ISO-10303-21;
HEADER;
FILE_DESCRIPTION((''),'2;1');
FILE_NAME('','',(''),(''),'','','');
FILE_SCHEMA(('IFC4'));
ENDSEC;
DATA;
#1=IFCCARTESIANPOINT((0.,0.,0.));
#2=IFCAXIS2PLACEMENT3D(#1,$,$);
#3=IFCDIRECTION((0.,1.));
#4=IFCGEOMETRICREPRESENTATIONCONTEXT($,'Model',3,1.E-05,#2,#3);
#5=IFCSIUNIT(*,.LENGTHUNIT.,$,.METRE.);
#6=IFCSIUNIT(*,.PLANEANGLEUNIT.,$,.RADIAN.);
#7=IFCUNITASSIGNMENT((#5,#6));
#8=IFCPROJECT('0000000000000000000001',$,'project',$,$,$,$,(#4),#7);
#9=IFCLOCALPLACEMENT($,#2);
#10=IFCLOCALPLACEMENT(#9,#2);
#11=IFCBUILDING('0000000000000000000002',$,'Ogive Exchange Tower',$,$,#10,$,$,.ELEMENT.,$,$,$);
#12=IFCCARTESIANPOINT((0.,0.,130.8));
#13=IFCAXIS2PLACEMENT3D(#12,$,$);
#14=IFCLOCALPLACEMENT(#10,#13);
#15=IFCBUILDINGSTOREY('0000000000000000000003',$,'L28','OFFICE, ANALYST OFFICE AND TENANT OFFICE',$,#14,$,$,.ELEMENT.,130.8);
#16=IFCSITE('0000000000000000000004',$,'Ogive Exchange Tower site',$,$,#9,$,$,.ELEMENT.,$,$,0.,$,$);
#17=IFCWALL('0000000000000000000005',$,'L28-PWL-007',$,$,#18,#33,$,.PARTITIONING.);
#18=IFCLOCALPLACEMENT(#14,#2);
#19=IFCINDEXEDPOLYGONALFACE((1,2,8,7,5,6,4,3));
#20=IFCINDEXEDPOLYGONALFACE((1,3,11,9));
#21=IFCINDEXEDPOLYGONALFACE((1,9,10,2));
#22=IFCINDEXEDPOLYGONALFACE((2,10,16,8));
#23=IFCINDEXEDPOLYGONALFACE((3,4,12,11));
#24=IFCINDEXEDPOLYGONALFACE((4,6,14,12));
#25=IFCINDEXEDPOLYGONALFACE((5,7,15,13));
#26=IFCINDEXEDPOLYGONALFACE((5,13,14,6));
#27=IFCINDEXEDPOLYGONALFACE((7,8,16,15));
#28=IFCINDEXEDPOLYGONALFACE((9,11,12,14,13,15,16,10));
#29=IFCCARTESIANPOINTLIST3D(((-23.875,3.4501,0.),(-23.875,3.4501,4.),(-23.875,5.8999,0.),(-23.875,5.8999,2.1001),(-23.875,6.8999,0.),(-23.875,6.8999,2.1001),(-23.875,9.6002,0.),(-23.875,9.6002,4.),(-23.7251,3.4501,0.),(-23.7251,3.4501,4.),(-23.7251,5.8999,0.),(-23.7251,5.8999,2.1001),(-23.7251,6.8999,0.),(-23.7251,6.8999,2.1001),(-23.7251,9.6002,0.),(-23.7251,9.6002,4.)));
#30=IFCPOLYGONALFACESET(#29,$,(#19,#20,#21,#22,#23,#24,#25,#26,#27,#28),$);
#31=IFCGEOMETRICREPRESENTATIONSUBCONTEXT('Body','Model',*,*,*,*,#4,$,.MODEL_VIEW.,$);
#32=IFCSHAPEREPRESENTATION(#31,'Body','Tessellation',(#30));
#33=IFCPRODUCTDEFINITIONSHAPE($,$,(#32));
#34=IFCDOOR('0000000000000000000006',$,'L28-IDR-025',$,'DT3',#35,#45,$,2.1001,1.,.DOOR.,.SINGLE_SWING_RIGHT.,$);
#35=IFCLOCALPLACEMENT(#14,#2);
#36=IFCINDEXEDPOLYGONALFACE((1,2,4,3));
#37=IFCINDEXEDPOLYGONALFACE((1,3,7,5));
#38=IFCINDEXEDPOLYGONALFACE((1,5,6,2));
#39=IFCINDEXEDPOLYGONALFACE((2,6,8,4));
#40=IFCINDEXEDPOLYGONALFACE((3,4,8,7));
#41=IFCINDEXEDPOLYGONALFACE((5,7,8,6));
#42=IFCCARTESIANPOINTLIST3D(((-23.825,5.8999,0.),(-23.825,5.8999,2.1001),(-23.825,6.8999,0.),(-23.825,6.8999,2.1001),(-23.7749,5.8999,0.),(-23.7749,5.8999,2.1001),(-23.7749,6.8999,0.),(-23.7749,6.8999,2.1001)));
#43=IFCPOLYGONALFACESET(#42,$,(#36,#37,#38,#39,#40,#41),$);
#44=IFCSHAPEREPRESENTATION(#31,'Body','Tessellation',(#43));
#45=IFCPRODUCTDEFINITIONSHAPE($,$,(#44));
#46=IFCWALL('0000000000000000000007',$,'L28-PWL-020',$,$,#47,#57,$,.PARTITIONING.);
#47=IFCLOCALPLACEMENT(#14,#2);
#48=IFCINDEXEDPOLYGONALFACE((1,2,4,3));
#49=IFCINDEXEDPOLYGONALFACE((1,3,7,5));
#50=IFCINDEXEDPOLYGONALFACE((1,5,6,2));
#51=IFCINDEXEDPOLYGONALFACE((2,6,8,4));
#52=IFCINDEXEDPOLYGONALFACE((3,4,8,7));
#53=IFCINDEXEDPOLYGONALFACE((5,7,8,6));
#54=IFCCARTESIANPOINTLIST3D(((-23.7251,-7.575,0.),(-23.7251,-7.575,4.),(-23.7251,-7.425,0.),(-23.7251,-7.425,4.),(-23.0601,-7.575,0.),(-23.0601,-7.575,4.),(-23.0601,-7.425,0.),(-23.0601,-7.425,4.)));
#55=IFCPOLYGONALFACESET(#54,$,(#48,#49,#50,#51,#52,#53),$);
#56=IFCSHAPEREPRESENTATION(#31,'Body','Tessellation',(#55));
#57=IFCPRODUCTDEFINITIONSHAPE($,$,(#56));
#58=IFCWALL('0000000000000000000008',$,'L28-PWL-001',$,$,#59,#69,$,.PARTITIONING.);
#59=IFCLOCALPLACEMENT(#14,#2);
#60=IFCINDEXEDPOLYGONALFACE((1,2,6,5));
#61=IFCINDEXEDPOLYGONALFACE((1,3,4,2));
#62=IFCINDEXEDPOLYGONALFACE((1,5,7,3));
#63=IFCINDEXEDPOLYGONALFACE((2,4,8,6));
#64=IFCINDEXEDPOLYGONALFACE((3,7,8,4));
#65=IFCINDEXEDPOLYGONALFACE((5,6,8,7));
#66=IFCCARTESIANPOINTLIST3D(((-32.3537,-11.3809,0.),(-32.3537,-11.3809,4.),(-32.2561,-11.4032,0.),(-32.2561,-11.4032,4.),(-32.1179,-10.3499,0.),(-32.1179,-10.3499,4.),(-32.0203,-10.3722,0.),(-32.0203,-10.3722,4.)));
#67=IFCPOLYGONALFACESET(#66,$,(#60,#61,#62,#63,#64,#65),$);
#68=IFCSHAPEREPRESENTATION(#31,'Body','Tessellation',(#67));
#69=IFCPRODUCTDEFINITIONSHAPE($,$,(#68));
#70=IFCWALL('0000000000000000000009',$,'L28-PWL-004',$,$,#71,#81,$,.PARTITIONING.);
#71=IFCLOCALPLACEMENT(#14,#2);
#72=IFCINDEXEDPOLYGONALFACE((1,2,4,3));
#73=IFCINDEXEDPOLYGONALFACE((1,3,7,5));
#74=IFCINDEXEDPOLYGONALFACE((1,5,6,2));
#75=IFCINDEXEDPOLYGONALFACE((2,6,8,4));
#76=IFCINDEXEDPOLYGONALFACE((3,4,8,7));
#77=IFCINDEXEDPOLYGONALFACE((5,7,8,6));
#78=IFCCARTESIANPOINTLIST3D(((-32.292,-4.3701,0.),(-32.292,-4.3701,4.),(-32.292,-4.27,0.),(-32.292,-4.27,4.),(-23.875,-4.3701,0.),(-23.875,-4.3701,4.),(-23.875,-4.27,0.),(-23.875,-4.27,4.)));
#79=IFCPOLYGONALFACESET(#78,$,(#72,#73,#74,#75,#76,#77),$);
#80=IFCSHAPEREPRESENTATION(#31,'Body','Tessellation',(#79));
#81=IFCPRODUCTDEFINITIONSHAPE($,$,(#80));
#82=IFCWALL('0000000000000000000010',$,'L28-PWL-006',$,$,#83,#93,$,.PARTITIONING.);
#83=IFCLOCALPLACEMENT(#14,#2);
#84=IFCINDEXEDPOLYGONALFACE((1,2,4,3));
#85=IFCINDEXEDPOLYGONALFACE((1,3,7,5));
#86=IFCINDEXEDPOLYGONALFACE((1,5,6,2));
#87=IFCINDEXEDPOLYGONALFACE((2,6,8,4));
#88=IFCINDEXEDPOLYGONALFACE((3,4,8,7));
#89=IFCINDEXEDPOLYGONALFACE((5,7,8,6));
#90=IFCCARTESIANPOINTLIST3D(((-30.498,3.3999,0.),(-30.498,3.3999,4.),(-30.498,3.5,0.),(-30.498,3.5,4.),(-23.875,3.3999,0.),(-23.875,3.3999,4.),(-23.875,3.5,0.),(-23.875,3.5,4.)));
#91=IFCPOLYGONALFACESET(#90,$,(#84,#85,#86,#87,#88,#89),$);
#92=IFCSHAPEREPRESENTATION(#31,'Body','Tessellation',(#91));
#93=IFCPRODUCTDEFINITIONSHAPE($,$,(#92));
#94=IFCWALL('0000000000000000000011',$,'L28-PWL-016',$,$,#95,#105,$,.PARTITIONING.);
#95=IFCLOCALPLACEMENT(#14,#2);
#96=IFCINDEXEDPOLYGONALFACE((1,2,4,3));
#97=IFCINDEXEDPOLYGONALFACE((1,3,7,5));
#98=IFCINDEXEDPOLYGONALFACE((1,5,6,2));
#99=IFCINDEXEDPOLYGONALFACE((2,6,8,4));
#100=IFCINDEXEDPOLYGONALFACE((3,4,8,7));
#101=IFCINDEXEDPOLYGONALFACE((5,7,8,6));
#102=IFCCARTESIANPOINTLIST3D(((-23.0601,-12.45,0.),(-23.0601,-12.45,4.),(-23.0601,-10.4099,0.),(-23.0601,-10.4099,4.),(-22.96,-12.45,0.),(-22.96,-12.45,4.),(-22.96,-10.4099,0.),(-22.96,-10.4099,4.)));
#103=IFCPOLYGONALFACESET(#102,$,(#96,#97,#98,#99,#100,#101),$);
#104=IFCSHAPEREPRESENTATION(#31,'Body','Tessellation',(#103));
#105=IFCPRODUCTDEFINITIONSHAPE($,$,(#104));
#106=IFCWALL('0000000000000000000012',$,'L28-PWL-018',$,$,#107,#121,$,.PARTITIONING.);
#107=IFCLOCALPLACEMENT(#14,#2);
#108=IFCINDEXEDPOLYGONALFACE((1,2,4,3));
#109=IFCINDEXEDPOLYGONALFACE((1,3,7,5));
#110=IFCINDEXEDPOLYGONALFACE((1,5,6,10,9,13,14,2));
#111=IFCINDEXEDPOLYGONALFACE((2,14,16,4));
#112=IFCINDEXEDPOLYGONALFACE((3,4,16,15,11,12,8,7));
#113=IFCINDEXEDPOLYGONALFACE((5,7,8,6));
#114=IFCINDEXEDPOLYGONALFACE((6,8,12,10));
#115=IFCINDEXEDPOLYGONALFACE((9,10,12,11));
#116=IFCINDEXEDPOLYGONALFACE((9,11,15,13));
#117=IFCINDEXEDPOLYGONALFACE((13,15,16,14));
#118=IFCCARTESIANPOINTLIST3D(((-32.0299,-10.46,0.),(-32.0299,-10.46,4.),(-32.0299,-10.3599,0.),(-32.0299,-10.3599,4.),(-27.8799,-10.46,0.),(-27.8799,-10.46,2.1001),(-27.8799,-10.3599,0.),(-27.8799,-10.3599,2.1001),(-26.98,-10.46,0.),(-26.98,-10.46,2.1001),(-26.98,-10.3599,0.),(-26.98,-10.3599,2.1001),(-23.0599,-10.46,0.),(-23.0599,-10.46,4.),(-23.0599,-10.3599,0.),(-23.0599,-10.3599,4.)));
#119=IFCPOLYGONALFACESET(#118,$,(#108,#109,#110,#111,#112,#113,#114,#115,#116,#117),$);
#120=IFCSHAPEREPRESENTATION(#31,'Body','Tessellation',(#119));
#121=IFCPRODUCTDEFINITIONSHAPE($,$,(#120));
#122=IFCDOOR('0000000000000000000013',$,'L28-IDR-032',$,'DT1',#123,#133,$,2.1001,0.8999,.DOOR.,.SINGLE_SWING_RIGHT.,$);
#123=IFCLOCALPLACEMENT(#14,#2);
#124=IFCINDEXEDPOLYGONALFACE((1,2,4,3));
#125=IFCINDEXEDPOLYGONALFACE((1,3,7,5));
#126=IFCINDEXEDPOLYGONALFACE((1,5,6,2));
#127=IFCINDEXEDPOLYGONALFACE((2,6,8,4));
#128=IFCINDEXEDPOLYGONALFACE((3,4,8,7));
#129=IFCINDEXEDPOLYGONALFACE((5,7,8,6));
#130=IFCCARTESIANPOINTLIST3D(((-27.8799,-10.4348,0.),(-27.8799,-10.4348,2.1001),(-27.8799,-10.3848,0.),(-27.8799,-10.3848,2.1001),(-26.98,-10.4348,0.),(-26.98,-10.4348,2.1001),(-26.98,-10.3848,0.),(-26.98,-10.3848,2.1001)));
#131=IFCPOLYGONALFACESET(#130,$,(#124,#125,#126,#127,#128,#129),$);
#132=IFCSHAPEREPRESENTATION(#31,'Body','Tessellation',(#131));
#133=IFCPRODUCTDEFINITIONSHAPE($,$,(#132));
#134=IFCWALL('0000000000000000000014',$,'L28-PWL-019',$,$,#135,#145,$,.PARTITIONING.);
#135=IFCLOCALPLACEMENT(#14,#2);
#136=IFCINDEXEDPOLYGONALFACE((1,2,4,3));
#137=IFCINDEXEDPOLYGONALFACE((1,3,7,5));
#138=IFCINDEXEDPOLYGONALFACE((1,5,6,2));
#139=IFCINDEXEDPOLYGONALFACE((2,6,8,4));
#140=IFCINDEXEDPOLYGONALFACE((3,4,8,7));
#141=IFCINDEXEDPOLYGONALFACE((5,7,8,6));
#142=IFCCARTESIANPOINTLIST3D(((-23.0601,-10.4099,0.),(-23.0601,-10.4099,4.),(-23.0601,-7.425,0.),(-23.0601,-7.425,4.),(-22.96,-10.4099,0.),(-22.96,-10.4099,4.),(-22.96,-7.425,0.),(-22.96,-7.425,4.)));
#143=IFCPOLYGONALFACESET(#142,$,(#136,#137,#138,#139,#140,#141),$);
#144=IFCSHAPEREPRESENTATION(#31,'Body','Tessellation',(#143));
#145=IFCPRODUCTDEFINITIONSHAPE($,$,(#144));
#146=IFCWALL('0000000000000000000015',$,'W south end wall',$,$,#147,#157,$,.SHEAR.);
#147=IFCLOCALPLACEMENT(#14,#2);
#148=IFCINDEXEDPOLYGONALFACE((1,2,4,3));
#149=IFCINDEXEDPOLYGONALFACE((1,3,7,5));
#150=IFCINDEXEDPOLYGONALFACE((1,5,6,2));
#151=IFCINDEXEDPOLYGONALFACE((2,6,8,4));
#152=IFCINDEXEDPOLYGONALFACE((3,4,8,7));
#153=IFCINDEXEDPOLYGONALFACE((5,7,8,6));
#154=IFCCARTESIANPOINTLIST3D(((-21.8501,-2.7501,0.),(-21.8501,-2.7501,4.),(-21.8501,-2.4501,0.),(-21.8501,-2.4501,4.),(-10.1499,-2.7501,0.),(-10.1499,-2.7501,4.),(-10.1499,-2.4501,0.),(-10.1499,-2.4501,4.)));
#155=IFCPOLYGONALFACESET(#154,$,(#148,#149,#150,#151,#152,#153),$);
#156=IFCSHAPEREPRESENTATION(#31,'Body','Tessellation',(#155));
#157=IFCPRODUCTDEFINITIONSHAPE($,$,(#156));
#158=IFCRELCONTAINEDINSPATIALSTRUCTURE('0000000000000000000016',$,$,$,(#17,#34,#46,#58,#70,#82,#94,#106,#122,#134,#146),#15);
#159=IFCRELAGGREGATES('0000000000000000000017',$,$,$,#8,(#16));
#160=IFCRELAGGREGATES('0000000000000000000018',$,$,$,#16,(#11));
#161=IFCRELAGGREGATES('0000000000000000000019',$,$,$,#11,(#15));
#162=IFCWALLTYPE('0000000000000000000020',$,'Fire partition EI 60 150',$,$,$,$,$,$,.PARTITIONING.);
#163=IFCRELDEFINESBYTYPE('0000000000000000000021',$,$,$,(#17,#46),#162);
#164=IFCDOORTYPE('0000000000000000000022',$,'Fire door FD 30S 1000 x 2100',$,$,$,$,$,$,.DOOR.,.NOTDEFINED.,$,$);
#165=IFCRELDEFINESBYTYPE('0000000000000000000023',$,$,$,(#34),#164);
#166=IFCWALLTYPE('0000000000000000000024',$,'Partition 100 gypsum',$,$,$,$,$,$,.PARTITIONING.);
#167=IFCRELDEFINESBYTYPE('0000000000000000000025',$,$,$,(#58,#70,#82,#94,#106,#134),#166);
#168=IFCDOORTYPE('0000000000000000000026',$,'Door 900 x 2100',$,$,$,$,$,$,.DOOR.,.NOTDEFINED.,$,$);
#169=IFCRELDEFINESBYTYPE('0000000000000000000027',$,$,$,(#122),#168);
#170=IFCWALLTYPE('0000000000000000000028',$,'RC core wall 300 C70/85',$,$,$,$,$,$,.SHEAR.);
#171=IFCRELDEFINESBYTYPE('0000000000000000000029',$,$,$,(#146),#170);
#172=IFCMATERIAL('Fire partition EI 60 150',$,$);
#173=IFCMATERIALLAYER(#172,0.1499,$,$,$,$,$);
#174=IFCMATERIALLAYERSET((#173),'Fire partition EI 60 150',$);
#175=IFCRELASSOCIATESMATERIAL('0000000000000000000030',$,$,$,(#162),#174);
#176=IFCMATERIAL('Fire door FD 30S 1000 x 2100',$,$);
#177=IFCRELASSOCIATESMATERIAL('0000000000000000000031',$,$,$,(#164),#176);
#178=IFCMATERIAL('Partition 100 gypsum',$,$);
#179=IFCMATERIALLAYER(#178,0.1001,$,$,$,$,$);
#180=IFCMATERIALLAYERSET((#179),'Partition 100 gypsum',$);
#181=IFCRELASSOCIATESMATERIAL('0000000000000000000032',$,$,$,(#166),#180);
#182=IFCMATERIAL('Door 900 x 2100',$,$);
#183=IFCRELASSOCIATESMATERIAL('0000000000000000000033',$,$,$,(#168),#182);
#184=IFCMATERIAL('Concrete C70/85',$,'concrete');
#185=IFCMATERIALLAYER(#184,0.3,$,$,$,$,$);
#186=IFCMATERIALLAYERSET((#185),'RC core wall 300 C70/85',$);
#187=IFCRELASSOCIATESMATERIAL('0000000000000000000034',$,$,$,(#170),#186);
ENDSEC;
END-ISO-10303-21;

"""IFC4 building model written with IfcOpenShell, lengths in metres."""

from ifc_helpers import new_model, si_unit, direction, frame, frame_2d, origin, place, context, subcontext, project, spatial, rectangle, extrude, material, layer, layer_set, type_object, element, fill, save


model = new_model("IFC4")

# Units and contexts
model_context = context("Model", 3, precision=1e-05, world=origin(), true_north=direction((0.0, 1.0)))
body_context = subcontext(model_context, "Body", "Model", "MODEL_VIEW")
ifc_project = project(units=[si_unit("LENGTHUNIT", "METRE"), si_unit("PLANEANGLEUNIT", "RADIAN")], contexts=[model_context])

# Site, building, storey
site_placement = place(None, origin())
site = spatial("IfcSite", under=ifc_project, at=site_placement, Name="Ogive Exchange Tower site", CompositionType="ELEMENT", RefElevation=0.0)
building_placement = place(site_placement, origin())
building = spatial("IfcBuilding", under=site, at=building_placement, Name="Ogive Exchange Tower", CompositionType="ELEMENT")
storey_placement = place(building_placement, frame((0.0, 0.0, 130.8)))
storey = spatial("IfcBuildingStorey", under=building, at=storey_placement, Name="L28", Description="OFFICE, ANALYST OFFICE AND TENANT OFFICE", CompositionType="ELEMENT", Elevation=130.8)

# Wall, opening, door
ifc_material_1 = material(Name="Fire partition EI 60 150")
ifc_layer_1 = layer(ifc_material_1, 0.1499)
ifc_layer_set_1 = layer_set([ifc_layer_1], Name="Fire partition EI 60 150")
wall_type_1 = type_object("IfcWallType", Name="Fire partition EI 60 150", PredefinedType="PARTITIONING", material=ifc_layer_set_1)
ifc_material_2 = material(Name="Fire door FD 30S 1000 x 2100")
door_type_1 = type_object("IfcDoorType", Name="Fire door FD 30S 1000 x 2100", OperationType="NOTDEFINED", PredefinedType="DOOR", material=ifc_material_2)
wall_1_placement = place(storey_placement, frame((-23.8, 3.45, 0.0), z_axis=(0.0, 0.0, 1.0), x_axis=(0.0, 1.0, 0.0)))
wall_1 = element("IfcWall", 1, at=wall_1_placement, inside=storey, type_object=wall_type_1, Name="L28-PWL-007", PredefinedType="PARTITIONING", context=body_context, shape_type="SweptSolid", body=[
    extrude(rectangle(XDim=6.1501, YDim=0.1499, at=frame_2d((3.0752, 0.0))), origin(), (0.0, 0.0, 1.0), 4.0),
])
opening_1_placement = place(wall_1_placement, frame((2.45, 0.0, 0.0)))
opening_1 = element("IfcOpeningElement", 2, at=opening_1_placement, cuts=wall_1, PredefinedType="OPENING", context=body_context, shape_type="SweptSolid", body=[
    extrude(rectangle(XDim=1.0, YDim=2.1001, at=frame_2d((0.5, 1.05))), frame((0.0, 0.085, 0.0), z_axis=(0.0, -1.0, 0.0), x_axis=(1.0, 0.0, 0.0)), (0.0, 0.0, 1.0), 0.1699),
])
door_1_placement = place(opening_1_placement, origin())
door_1 = element("IfcDoor", 3, at=door_1_placement, inside=storey, type_object=door_type_1, Name="L28-IDR-025", ObjectType="DT3", OperationType="SINGLE_SWING_RIGHT", OverallHeight=2.1001, OverallWidth=1.0, PredefinedType="DOOR", context=body_context, shape_type="SweptSolid", body=[
    extrude(rectangle(XDim=1.0, YDim=2.1001, at=frame_2d((0.5, 1.05))), frame((0.0, 0.0249, 0.0), z_axis=(0.0, -1.0, 0.0), x_axis=(1.0, 0.0, 0.0)), (0.0, 0.0, 1.0), 0.05),
])
fill(opening_1, door_1)

# Walls
wall_2_placement = place(storey_placement, frame((-23.0601, -7.5, 0.0), z_axis=(0.0, 0.0, 1.0), x_axis=(-1.0, 0.0, 0.0)))
element("IfcWall", 4, at=wall_2_placement, inside=storey, type_object=wall_type_1, Name="L28-PWL-020", PredefinedType="PARTITIONING", context=body_context, shape_type="SweptSolid", body=[
    extrude(rectangle(XDim=0.665, YDim=0.1499, at=frame_2d((0.3325, 0.0))), origin(), (0.0, 0.0, 1.0), 4.0),
])
ifc_material_3 = material(Name="Partition 100 gypsum")
ifc_layer_2 = layer(ifc_material_3, 0.1001)
ifc_layer_set_2 = layer_set([ifc_layer_2], Name="Partition 100 gypsum")
wall_type_2 = type_object("IfcWallType", Name="Partition 100 gypsum", PredefinedType="PARTITIONING", material=ifc_layer_set_2)
wall_3_placement = place(storey_placement, frame((-32.0691, -10.3611, 0.0), z_axis=(0.0, 0.0, 1.0), x_axis=(-0.222988, -0.974821, 0.0)))
element("IfcWall", 5, at=wall_3_placement, inside=storey, type_object=wall_type_2, Name="L28-PWL-001", PredefinedType="PARTITIONING", context=body_context, shape_type="SweptSolid", body=[
    extrude(rectangle(XDim=1.0576, YDim=0.1001, at=frame_2d((0.5288, 0.0))), origin(), (0.0, 0.0, 1.0), 4.0),
])
wall_4_placement = place(storey_placement, frame((-23.875, -4.3201, 0.0), z_axis=(0.0, 0.0, 1.0), x_axis=(-1.0, 0.0, 0.0)))
element("IfcWall", 6, at=wall_4_placement, inside=storey, type_object=wall_type_2, Name="L28-PWL-004", PredefinedType="PARTITIONING", context=body_context, shape_type="SweptSolid", body=[
    extrude(rectangle(XDim=8.417, YDim=0.1001, at=frame_2d((4.2085, 0.0))), origin(), (0.0, 0.0, 1.0), 4.0),
])
wall_5_placement = place(storey_placement, frame((-23.875, 3.45, 0.0), z_axis=(0.0, 0.0, 1.0), x_axis=(-1.0, 0.0, 0.0)))
element("IfcWall", 7, at=wall_5_placement, inside=storey, type_object=wall_type_2, Name="L28-PWL-006", PredefinedType="PARTITIONING", context=body_context, shape_type="SweptSolid", body=[
    extrude(rectangle(XDim=6.623, YDim=0.1001, at=frame_2d((3.3115, 0.0))), origin(), (0.0, 0.0, 1.0), 4.0),
])
wall_6_placement = place(storey_placement, frame((-23.01, -12.45, 0.0), z_axis=(0.0, 0.0, 1.0), x_axis=(0.0, 1.0, 0.0)))
element("IfcWall", 8, at=wall_6_placement, inside=storey, type_object=wall_type_2, Name="L28-PWL-016", PredefinedType="PARTITIONING", context=body_context, shape_type="SweptSolid", body=[
    extrude(rectangle(XDim=2.04, YDim=0.1001, at=frame_2d((1.02, 0.0))), origin(), (0.0, 0.0, 1.0), 4.0),
])

# Wall, opening, door
wall_7_placement = place(storey_placement, frame((-23.0601, -10.4099, 0.0), z_axis=(0.0, 0.0, 1.0), x_axis=(-1.0, 0.0, 0.0)))
wall_7 = element("IfcWall", 9, at=wall_7_placement, inside=storey, type_object=wall_type_2, Name="L28-PWL-018", PredefinedType="PARTITIONING", context=body_context, shape_type="SweptSolid", body=[
    extrude(rectangle(XDim=8.97, YDim=0.1001, at=frame_2d((4.4849, 0.0))), origin(), (0.0, 0.0, 1.0), 4.0),
])
opening_2_placement = place(wall_7_placement, frame((3.9199, 0.0, 0.0)))
opening_2 = element("IfcOpeningElement", 10, at=opening_2_placement, cuts=wall_7, PredefinedType="OPENING", context=body_context, shape_type="SweptSolid", body=[
    extrude(rectangle(XDim=0.8999, YDim=2.1001, at=frame_2d((0.45, 1.05))), frame((0.0, 0.0601, 0.0), z_axis=(0.0, -1.0, 0.0), x_axis=(1.0, 0.0, 0.0)), (0.0, 0.0, 1.0), 0.1201),
])
ifc_material_4 = material(Name="Door 900 x 2100")
door_type_2 = type_object("IfcDoorType", Name="Door 900 x 2100", OperationType="NOTDEFINED", PredefinedType="DOOR", material=ifc_material_4)
door_2_placement = place(opening_2_placement, origin())
door_2 = element("IfcDoor", 11, at=door_2_placement, inside=storey, type_object=door_type_2, Name="L28-IDR-032", ObjectType="DT1", OperationType="SINGLE_SWING_RIGHT", OverallHeight=2.1001, OverallWidth=0.8999, PredefinedType="DOOR", context=body_context, shape_type="SweptSolid", body=[
    extrude(rectangle(XDim=0.8999, YDim=2.1001, at=frame_2d((0.45, 1.05))), frame((0.0, 0.0249, 0.0), z_axis=(0.0, -1.0, 0.0), x_axis=(1.0, 0.0, 0.0)), (0.0, 0.0, 1.0), 0.05),
])
fill(opening_2, door_2)

# Walls
wall_8_placement = place(storey_placement, frame((-23.01, -10.4099, 0.0), z_axis=(0.0, 0.0, 1.0), x_axis=(0.0, 1.0, 0.0)))
element("IfcWall", 12, at=wall_8_placement, inside=storey, type_object=wall_type_2, Name="L28-PWL-019", PredefinedType="PARTITIONING", context=body_context, shape_type="SweptSolid", body=[
    extrude(rectangle(XDim=2.9849, YDim=0.1001, at=frame_2d((1.4924, 0.0))), origin(), (0.0, 0.0, 1.0), 4.0),
])
ifc_material_5 = material(Name="Concrete C70/85", Category="concrete")
ifc_layer_3 = layer(ifc_material_5, 0.3)
ifc_layer_set_3 = layer_set([ifc_layer_3], Name="RC core wall 300 C70/85")
wall_type_3 = type_object("IfcWallType", Name="RC core wall 300 C70/85", PredefinedType="SHEAR", material=ifc_layer_set_3)
wall_9_placement = place(storey_placement, frame((-21.8501, -2.6001, 0.0), z_axis=(0.0, 0.0, 1.0), x_axis=(1.0, 0.0, 0.0)))
element("IfcWall", 13, at=wall_9_placement, inside=storey, type_object=wall_type_3, Name="W south end wall", PredefinedType="SHEAR", context=body_context, shape_type="SweptSolid", body=[
    extrude(rectangle(XDim=11.7002, YDim=0.3, at=frame_2d((5.8501, 0.0))), origin(), (0.0, 0.0, 1.0), 4.0),
])

save(model, "model.ifc")
